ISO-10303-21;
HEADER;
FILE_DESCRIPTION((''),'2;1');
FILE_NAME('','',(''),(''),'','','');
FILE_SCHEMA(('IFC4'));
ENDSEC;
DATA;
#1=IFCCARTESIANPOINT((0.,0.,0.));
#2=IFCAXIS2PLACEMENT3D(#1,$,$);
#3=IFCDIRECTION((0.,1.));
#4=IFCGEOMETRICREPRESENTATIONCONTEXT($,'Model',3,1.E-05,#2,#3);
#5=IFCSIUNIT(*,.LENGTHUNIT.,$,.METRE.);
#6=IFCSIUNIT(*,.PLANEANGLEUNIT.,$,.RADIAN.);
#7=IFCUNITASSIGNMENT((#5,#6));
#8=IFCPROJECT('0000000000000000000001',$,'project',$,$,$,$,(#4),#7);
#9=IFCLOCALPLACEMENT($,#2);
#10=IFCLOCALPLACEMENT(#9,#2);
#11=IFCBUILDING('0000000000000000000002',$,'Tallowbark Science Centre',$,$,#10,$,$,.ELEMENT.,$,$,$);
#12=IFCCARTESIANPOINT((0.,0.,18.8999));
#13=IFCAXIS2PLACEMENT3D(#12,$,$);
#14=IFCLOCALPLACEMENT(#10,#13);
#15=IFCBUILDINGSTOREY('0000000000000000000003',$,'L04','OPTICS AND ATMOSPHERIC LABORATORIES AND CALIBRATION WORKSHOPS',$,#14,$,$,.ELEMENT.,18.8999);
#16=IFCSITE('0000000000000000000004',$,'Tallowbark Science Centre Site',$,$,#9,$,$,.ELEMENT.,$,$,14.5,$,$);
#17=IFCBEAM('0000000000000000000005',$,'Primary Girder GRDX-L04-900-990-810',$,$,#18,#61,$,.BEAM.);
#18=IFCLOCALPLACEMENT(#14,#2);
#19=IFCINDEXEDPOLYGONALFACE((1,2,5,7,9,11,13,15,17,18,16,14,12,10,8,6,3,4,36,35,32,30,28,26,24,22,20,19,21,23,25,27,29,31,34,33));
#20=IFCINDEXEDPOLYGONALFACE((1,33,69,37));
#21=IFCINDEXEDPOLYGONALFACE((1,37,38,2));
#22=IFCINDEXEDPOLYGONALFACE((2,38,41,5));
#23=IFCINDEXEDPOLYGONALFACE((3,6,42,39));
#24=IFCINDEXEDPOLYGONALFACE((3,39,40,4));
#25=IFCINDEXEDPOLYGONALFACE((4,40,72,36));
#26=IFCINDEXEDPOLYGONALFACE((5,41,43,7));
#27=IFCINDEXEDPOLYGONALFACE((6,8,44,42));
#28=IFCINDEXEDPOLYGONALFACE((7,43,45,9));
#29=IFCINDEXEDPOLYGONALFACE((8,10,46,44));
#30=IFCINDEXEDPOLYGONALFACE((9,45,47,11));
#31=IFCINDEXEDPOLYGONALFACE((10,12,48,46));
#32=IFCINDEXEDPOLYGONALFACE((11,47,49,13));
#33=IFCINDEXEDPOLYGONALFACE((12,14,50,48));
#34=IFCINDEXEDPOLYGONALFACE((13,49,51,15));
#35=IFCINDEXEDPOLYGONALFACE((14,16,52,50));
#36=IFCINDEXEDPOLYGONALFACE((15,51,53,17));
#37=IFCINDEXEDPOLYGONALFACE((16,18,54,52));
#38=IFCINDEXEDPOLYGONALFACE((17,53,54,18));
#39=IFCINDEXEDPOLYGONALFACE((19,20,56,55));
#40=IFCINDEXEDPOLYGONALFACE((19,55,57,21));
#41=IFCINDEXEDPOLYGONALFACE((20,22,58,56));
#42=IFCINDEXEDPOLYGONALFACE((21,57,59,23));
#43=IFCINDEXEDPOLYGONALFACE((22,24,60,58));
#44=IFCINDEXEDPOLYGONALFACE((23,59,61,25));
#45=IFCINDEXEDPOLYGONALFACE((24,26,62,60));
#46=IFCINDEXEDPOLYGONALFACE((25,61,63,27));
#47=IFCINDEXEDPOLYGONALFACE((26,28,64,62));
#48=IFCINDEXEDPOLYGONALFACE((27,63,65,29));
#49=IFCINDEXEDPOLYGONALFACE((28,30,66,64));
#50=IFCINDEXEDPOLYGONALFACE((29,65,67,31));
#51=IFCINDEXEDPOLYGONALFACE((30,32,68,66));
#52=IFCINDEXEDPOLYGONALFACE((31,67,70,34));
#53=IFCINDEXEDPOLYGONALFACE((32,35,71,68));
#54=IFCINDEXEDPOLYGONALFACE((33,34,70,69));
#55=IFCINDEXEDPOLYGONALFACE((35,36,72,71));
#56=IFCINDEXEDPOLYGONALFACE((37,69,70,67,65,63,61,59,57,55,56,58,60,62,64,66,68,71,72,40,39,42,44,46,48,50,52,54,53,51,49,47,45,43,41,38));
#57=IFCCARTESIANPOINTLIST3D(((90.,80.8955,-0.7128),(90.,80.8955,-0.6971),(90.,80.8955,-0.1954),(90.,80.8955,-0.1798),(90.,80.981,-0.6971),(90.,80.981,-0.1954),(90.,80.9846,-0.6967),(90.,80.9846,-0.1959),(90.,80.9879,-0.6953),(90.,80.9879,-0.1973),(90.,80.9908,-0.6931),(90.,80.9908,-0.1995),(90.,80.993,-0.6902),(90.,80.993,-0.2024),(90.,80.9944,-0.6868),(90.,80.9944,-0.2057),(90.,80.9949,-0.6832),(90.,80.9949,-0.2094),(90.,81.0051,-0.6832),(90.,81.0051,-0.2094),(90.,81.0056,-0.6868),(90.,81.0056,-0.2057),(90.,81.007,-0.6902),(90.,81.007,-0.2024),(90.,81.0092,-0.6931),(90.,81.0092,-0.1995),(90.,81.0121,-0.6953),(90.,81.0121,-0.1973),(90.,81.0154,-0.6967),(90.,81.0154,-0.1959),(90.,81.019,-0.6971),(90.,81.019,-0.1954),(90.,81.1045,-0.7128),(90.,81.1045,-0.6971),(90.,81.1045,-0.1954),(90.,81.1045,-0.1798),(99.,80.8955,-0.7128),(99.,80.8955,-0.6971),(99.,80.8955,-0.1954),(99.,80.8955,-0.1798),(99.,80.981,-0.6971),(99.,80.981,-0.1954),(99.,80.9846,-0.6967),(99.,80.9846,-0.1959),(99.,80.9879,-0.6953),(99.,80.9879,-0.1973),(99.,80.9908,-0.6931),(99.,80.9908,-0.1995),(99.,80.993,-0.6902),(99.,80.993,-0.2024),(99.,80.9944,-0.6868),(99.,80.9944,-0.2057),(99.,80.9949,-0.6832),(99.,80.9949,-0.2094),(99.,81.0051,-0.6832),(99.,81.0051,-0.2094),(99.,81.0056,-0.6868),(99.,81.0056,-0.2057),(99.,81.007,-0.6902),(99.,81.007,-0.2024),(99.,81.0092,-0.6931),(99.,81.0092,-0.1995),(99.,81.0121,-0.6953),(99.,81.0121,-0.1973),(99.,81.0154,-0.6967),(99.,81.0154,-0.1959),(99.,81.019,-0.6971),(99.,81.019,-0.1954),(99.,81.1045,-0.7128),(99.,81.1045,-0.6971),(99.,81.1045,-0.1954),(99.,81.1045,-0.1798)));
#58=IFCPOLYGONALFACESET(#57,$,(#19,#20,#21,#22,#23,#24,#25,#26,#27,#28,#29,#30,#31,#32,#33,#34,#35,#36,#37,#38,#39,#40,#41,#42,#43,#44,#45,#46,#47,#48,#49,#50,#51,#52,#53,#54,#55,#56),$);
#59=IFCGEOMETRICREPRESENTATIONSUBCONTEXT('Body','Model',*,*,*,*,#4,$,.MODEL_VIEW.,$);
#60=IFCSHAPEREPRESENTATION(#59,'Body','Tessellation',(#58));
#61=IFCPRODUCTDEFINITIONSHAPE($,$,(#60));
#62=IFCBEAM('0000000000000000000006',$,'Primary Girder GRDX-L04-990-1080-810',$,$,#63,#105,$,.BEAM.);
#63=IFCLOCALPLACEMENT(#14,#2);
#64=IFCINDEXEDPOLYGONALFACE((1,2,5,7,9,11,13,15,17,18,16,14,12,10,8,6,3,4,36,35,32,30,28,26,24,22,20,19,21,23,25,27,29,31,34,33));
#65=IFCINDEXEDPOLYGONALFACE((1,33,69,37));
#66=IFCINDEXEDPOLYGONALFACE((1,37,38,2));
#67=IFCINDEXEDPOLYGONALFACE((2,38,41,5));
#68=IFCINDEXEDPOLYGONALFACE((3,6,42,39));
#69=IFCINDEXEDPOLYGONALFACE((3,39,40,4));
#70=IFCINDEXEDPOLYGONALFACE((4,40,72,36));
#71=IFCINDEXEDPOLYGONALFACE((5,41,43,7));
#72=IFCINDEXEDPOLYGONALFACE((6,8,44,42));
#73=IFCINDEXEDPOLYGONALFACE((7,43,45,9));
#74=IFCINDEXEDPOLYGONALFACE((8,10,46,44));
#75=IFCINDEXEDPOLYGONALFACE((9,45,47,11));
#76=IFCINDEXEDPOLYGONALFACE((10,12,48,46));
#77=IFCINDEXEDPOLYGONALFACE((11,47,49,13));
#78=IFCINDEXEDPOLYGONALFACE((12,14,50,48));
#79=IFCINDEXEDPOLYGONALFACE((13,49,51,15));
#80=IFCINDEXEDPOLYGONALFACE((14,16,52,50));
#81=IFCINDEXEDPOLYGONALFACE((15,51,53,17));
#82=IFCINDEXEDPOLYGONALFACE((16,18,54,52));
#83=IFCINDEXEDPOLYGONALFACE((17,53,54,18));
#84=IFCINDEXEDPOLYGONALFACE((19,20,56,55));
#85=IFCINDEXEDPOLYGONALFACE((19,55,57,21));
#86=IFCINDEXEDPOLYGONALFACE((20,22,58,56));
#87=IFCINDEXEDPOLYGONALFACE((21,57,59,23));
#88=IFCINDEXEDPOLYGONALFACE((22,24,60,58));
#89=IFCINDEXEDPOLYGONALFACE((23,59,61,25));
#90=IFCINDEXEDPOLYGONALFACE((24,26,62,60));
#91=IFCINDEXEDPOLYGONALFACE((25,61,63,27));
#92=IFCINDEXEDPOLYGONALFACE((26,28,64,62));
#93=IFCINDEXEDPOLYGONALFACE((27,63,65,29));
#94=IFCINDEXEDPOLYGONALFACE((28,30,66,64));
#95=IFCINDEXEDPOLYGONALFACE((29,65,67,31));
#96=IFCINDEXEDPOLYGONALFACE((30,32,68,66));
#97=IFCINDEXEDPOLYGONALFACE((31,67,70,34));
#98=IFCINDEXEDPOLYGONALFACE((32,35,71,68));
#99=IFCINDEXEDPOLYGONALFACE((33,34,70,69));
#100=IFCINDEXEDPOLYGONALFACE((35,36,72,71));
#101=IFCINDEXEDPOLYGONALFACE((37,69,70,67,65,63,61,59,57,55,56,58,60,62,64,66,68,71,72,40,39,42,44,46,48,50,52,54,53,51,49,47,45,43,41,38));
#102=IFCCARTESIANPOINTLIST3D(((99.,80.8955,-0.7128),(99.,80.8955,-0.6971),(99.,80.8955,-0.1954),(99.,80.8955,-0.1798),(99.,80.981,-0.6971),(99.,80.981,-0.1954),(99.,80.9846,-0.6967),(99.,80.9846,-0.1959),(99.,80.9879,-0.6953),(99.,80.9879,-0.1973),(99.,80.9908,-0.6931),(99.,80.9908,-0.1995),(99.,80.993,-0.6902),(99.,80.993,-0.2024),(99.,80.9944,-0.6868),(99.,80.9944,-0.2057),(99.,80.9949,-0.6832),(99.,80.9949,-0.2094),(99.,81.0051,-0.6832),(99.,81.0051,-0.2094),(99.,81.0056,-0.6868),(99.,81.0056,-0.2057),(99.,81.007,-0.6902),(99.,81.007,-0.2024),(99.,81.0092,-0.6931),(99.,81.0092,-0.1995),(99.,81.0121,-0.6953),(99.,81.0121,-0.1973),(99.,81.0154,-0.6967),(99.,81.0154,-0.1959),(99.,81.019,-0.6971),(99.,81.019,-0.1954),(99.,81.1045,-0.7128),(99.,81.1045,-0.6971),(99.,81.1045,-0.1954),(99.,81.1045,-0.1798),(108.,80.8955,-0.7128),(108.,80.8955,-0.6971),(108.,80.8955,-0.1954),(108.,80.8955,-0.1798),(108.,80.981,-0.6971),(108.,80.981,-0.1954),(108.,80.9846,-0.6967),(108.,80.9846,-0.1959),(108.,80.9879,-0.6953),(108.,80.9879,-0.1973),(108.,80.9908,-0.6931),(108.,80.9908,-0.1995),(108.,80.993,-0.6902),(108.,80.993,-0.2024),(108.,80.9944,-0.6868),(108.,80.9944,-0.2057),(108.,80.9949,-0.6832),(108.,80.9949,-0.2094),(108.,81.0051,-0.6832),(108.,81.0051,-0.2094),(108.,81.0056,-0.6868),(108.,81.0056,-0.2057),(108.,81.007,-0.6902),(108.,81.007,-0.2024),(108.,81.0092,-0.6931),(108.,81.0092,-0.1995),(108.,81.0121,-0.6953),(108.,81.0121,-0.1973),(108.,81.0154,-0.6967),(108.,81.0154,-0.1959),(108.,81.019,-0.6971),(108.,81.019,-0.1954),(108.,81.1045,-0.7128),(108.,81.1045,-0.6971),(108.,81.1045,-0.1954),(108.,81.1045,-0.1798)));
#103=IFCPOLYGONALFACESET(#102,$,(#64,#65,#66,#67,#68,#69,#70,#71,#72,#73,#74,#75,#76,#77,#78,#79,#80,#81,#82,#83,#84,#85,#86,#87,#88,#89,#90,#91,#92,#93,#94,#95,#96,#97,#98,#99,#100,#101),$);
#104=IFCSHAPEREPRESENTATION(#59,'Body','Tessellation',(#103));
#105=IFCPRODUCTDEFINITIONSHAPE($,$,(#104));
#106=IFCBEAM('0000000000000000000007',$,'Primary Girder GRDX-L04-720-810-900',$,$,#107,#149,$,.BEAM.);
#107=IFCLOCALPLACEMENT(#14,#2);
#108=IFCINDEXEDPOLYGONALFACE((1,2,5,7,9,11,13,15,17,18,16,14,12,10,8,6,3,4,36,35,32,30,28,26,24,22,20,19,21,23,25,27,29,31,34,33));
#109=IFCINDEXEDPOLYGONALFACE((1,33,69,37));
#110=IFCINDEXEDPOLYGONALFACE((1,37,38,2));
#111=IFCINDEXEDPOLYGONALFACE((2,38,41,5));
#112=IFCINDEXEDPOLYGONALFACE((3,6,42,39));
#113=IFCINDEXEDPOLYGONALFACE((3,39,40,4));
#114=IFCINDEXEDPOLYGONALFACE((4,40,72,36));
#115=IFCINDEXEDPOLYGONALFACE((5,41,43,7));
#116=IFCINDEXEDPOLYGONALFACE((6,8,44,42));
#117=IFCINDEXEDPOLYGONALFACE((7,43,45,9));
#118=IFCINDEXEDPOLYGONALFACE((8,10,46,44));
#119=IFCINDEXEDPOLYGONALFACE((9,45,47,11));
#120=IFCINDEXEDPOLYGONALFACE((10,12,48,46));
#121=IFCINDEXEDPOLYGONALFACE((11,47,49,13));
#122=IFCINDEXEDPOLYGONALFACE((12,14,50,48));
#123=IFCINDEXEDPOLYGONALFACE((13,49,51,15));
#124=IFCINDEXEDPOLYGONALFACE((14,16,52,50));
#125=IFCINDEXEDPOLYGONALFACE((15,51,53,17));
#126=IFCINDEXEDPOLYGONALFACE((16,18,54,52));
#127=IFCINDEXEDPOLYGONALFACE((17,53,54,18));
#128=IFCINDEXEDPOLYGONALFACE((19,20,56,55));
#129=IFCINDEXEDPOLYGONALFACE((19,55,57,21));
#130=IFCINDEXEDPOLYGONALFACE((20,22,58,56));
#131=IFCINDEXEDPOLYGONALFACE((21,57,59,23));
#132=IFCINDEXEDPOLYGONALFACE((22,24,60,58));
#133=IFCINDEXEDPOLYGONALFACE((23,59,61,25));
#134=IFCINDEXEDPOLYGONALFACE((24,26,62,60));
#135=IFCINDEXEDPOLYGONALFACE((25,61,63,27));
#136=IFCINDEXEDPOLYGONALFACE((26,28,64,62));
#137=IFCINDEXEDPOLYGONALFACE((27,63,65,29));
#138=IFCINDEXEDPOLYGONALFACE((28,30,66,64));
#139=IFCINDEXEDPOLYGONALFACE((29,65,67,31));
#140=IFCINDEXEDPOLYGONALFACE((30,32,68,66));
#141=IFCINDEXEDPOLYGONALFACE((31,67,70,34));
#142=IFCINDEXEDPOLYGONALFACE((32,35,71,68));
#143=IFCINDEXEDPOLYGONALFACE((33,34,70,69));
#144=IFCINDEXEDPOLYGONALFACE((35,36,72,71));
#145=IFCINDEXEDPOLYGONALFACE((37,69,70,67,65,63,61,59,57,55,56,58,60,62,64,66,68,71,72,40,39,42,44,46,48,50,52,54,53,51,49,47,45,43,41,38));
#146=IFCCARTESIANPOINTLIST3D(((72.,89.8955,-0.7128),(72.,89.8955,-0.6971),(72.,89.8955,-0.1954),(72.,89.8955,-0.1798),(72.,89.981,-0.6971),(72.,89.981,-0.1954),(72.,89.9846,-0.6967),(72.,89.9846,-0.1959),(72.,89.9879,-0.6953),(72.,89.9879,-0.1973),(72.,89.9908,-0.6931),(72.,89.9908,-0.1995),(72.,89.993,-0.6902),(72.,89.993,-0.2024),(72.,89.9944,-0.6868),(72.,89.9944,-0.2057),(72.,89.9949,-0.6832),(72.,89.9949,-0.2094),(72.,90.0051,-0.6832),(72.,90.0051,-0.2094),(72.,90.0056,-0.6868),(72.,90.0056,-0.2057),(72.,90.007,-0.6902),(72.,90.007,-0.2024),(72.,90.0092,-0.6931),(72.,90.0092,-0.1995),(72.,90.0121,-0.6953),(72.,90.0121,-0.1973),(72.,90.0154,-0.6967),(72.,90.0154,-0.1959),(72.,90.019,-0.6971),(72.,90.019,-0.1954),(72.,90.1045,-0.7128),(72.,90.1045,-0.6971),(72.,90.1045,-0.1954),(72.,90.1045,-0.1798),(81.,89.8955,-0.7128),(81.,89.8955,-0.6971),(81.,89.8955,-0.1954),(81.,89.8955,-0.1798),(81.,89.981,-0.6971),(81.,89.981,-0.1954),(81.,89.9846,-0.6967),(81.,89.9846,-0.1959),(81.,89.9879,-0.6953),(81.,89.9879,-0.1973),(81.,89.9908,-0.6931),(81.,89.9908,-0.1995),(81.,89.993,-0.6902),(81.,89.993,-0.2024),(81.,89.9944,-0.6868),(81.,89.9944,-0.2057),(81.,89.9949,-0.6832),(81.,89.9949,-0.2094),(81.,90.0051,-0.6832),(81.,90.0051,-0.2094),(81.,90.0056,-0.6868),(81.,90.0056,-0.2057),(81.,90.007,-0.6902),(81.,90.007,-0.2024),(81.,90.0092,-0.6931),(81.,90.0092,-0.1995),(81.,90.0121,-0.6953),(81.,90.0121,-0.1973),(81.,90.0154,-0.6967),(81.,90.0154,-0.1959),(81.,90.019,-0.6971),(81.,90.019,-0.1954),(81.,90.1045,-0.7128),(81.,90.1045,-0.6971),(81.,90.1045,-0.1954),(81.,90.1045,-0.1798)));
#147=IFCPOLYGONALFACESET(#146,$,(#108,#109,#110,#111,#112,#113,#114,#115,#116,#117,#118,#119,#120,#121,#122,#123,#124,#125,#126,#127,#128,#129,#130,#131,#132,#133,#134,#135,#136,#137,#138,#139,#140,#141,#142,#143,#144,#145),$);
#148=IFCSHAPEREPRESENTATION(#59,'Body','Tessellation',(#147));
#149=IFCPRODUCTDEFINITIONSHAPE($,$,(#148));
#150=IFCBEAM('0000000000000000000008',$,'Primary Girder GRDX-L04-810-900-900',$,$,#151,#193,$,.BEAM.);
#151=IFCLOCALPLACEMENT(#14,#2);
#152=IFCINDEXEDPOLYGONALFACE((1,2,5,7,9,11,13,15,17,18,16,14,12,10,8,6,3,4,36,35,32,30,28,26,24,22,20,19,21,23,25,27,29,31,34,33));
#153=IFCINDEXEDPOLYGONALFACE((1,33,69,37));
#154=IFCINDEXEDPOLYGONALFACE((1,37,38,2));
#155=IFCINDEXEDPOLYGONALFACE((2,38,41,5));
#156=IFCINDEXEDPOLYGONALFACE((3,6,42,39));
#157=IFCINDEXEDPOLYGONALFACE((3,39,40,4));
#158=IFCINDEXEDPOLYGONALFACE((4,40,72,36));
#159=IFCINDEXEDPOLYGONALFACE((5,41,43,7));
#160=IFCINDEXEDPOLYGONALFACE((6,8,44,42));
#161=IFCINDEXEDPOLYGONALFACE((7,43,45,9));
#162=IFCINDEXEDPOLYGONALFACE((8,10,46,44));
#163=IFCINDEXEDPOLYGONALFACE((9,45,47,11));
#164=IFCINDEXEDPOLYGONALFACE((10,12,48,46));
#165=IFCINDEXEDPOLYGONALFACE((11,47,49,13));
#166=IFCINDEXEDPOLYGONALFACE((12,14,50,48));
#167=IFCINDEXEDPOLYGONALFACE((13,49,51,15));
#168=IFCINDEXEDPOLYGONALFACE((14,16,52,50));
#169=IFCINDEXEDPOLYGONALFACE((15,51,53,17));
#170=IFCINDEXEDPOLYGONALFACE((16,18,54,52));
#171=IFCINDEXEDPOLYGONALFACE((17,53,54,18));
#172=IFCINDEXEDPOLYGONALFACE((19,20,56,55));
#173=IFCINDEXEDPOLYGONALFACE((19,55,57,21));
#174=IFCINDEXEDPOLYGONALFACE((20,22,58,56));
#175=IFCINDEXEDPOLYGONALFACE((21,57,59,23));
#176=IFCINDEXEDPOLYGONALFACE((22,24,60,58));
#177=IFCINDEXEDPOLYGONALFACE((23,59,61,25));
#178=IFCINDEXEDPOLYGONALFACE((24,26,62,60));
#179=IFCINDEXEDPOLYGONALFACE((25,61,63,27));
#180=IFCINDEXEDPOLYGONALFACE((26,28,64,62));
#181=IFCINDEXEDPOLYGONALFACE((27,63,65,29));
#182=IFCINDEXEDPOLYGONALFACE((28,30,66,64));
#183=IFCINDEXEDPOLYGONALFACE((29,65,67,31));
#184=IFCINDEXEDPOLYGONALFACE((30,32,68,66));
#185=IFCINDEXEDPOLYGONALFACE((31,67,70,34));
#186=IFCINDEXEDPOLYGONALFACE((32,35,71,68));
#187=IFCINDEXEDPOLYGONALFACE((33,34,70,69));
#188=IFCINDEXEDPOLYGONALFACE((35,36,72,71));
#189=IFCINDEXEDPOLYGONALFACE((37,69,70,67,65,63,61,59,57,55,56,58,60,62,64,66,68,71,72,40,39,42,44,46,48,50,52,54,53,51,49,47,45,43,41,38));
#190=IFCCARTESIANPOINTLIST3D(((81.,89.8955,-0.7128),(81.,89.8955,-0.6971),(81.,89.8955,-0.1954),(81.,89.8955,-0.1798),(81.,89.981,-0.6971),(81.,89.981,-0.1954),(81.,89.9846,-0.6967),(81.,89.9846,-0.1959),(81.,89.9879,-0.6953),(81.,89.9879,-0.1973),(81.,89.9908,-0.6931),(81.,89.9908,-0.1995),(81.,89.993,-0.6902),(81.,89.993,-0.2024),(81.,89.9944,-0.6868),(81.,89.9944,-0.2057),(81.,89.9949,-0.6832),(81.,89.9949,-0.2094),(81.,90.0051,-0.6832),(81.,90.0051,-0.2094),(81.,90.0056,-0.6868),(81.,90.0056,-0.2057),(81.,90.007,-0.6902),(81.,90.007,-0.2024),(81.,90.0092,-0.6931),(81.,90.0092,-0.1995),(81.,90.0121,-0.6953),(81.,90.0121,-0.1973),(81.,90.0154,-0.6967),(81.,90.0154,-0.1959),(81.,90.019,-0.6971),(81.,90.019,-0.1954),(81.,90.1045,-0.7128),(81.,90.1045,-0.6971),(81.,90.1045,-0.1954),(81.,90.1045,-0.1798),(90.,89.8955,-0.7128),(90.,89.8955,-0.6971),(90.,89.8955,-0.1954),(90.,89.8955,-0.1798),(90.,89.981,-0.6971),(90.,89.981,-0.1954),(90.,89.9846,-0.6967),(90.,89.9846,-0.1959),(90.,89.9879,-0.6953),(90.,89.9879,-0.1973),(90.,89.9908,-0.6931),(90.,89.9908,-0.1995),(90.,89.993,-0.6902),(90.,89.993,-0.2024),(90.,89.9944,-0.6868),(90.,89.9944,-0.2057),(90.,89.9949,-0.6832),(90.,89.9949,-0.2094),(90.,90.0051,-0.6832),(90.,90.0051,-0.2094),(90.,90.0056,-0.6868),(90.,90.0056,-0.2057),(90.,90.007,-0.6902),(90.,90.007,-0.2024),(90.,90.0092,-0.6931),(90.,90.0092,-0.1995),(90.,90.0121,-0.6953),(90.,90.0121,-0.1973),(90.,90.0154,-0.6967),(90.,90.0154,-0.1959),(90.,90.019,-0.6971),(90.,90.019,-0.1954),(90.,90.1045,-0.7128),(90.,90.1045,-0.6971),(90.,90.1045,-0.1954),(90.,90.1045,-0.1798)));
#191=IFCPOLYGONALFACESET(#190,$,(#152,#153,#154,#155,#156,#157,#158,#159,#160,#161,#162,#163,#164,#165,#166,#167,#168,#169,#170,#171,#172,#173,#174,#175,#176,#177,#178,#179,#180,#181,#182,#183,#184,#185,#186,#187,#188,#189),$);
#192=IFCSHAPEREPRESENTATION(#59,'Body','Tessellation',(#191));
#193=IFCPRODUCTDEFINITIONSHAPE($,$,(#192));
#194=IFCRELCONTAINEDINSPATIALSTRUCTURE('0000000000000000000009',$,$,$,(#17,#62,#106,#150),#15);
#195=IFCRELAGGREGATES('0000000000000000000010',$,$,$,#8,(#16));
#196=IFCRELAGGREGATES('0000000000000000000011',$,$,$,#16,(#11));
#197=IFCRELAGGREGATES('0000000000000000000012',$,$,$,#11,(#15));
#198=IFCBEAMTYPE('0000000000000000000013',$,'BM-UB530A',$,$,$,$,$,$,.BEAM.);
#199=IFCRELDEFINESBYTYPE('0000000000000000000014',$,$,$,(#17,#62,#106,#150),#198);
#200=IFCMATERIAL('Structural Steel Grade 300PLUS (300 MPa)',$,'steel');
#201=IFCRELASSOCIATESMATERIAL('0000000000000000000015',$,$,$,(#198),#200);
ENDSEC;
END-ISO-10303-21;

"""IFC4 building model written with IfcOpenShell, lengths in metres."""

from ifc_helpers import new_model, si_unit, direction, frame, origin, origin_2d, place, context, subcontext, project, spatial, i_section, extrude, material, material_profile, profile_set, type_object, element, save


model = new_model("IFC4")

# Units and contexts
model_context = context("Model", 3, precision=1e-05, world=origin(), true_north=direction((0.0, 1.0)))
body_context = subcontext(model_context, "Body", "Model", "MODEL_VIEW")
ifc_project = project(units=[si_unit("LENGTHUNIT", "METRE"), si_unit("PLANEANGLEUNIT", "RADIAN")], contexts=[model_context])

# Site, building, storey
site_placement = place(None, origin())
site = spatial("IfcSite", under=ifc_project, at=site_placement, Name="Tallowbark Science Centre Site", CompositionType="ELEMENT", RefElevation=14.5)
building_placement = place(site_placement, origin())
building = spatial("IfcBuilding", under=site, at=building_placement, Name="Tallowbark Science Centre", CompositionType="ELEMENT")
storey_placement = place(building_placement, frame((0.0, 0.0, 18.8999)))
storey = spatial("IfcBuildingStorey", under=building, at=storey_placement, Name="L04", Description="OPTICS AND ATMOSPHERIC LABORATORIES AND CALIBRATION WORKSHOPS", CompositionType="ELEMENT", Elevation=18.8999)

# Beams
ifc_material = material(Name="Structural Steel Grade 300PLUS (300 MPa)", Category="steel")
ifc_material_profile_1 = material_profile(ifc_material, i_section(OverallWidth=0.209, OverallDepth=0.533, WebThickness=0.0103, FlangeThickness=0.0156, FilletRadius=0.0139, at=origin_2d()), Name="530UB92.4")
ifc_profile_set_1 = profile_set([ifc_material_profile_1], Name="Structural Steel Grade 300PLUS (300 MPa)")
beam_type_1 = type_object("IfcBeamType", Name="BM-UB530A", PredefinedType="BEAM", material=ifc_profile_set_1)
for number, where, z_axis, x_axis, name in (
    (1, (90.0, 81.0, -0.4463), (1.0, 0.0, 0.0), (0.0, 1.0, 0.0), "Primary Girder GRDX-L04-900-990-810"),
    (2, (99.0, 81.0, -0.4463), (1.0, 0.0, 0.0), (0.0, 1.0, 0.0), "Primary Girder GRDX-L04-990-1080-810"),
    (3, (72.0, 90.0, -0.4463), (1.0, 0.0, 0.0), (0.0, 1.0, 0.0), "Primary Girder GRDX-L04-720-810-900"),
    (4, (81.0, 90.0, -0.4463), (1.0, 0.0, 0.0), (0.0, 1.0, 0.0), "Primary Girder GRDX-L04-810-900-900"),
):
    element("IfcBeam", number, at=place(storey_placement, frame(where, z_axis=z_axis, x_axis=x_axis)), inside=storey, type_object=beam_type_1, Name=name, PredefinedType="BEAM", context=body_context, shape_type="SweptSolid", body=[
        extrude(i_section(OverallWidth=0.209, OverallDepth=0.533, WebThickness=0.0103, FlangeThickness=0.0156, FilletRadius=0.0139, at=origin_2d()), origin(), (0.0, 0.0, 1.0), 9.0),
    ])

save(model, "model.ifc")
